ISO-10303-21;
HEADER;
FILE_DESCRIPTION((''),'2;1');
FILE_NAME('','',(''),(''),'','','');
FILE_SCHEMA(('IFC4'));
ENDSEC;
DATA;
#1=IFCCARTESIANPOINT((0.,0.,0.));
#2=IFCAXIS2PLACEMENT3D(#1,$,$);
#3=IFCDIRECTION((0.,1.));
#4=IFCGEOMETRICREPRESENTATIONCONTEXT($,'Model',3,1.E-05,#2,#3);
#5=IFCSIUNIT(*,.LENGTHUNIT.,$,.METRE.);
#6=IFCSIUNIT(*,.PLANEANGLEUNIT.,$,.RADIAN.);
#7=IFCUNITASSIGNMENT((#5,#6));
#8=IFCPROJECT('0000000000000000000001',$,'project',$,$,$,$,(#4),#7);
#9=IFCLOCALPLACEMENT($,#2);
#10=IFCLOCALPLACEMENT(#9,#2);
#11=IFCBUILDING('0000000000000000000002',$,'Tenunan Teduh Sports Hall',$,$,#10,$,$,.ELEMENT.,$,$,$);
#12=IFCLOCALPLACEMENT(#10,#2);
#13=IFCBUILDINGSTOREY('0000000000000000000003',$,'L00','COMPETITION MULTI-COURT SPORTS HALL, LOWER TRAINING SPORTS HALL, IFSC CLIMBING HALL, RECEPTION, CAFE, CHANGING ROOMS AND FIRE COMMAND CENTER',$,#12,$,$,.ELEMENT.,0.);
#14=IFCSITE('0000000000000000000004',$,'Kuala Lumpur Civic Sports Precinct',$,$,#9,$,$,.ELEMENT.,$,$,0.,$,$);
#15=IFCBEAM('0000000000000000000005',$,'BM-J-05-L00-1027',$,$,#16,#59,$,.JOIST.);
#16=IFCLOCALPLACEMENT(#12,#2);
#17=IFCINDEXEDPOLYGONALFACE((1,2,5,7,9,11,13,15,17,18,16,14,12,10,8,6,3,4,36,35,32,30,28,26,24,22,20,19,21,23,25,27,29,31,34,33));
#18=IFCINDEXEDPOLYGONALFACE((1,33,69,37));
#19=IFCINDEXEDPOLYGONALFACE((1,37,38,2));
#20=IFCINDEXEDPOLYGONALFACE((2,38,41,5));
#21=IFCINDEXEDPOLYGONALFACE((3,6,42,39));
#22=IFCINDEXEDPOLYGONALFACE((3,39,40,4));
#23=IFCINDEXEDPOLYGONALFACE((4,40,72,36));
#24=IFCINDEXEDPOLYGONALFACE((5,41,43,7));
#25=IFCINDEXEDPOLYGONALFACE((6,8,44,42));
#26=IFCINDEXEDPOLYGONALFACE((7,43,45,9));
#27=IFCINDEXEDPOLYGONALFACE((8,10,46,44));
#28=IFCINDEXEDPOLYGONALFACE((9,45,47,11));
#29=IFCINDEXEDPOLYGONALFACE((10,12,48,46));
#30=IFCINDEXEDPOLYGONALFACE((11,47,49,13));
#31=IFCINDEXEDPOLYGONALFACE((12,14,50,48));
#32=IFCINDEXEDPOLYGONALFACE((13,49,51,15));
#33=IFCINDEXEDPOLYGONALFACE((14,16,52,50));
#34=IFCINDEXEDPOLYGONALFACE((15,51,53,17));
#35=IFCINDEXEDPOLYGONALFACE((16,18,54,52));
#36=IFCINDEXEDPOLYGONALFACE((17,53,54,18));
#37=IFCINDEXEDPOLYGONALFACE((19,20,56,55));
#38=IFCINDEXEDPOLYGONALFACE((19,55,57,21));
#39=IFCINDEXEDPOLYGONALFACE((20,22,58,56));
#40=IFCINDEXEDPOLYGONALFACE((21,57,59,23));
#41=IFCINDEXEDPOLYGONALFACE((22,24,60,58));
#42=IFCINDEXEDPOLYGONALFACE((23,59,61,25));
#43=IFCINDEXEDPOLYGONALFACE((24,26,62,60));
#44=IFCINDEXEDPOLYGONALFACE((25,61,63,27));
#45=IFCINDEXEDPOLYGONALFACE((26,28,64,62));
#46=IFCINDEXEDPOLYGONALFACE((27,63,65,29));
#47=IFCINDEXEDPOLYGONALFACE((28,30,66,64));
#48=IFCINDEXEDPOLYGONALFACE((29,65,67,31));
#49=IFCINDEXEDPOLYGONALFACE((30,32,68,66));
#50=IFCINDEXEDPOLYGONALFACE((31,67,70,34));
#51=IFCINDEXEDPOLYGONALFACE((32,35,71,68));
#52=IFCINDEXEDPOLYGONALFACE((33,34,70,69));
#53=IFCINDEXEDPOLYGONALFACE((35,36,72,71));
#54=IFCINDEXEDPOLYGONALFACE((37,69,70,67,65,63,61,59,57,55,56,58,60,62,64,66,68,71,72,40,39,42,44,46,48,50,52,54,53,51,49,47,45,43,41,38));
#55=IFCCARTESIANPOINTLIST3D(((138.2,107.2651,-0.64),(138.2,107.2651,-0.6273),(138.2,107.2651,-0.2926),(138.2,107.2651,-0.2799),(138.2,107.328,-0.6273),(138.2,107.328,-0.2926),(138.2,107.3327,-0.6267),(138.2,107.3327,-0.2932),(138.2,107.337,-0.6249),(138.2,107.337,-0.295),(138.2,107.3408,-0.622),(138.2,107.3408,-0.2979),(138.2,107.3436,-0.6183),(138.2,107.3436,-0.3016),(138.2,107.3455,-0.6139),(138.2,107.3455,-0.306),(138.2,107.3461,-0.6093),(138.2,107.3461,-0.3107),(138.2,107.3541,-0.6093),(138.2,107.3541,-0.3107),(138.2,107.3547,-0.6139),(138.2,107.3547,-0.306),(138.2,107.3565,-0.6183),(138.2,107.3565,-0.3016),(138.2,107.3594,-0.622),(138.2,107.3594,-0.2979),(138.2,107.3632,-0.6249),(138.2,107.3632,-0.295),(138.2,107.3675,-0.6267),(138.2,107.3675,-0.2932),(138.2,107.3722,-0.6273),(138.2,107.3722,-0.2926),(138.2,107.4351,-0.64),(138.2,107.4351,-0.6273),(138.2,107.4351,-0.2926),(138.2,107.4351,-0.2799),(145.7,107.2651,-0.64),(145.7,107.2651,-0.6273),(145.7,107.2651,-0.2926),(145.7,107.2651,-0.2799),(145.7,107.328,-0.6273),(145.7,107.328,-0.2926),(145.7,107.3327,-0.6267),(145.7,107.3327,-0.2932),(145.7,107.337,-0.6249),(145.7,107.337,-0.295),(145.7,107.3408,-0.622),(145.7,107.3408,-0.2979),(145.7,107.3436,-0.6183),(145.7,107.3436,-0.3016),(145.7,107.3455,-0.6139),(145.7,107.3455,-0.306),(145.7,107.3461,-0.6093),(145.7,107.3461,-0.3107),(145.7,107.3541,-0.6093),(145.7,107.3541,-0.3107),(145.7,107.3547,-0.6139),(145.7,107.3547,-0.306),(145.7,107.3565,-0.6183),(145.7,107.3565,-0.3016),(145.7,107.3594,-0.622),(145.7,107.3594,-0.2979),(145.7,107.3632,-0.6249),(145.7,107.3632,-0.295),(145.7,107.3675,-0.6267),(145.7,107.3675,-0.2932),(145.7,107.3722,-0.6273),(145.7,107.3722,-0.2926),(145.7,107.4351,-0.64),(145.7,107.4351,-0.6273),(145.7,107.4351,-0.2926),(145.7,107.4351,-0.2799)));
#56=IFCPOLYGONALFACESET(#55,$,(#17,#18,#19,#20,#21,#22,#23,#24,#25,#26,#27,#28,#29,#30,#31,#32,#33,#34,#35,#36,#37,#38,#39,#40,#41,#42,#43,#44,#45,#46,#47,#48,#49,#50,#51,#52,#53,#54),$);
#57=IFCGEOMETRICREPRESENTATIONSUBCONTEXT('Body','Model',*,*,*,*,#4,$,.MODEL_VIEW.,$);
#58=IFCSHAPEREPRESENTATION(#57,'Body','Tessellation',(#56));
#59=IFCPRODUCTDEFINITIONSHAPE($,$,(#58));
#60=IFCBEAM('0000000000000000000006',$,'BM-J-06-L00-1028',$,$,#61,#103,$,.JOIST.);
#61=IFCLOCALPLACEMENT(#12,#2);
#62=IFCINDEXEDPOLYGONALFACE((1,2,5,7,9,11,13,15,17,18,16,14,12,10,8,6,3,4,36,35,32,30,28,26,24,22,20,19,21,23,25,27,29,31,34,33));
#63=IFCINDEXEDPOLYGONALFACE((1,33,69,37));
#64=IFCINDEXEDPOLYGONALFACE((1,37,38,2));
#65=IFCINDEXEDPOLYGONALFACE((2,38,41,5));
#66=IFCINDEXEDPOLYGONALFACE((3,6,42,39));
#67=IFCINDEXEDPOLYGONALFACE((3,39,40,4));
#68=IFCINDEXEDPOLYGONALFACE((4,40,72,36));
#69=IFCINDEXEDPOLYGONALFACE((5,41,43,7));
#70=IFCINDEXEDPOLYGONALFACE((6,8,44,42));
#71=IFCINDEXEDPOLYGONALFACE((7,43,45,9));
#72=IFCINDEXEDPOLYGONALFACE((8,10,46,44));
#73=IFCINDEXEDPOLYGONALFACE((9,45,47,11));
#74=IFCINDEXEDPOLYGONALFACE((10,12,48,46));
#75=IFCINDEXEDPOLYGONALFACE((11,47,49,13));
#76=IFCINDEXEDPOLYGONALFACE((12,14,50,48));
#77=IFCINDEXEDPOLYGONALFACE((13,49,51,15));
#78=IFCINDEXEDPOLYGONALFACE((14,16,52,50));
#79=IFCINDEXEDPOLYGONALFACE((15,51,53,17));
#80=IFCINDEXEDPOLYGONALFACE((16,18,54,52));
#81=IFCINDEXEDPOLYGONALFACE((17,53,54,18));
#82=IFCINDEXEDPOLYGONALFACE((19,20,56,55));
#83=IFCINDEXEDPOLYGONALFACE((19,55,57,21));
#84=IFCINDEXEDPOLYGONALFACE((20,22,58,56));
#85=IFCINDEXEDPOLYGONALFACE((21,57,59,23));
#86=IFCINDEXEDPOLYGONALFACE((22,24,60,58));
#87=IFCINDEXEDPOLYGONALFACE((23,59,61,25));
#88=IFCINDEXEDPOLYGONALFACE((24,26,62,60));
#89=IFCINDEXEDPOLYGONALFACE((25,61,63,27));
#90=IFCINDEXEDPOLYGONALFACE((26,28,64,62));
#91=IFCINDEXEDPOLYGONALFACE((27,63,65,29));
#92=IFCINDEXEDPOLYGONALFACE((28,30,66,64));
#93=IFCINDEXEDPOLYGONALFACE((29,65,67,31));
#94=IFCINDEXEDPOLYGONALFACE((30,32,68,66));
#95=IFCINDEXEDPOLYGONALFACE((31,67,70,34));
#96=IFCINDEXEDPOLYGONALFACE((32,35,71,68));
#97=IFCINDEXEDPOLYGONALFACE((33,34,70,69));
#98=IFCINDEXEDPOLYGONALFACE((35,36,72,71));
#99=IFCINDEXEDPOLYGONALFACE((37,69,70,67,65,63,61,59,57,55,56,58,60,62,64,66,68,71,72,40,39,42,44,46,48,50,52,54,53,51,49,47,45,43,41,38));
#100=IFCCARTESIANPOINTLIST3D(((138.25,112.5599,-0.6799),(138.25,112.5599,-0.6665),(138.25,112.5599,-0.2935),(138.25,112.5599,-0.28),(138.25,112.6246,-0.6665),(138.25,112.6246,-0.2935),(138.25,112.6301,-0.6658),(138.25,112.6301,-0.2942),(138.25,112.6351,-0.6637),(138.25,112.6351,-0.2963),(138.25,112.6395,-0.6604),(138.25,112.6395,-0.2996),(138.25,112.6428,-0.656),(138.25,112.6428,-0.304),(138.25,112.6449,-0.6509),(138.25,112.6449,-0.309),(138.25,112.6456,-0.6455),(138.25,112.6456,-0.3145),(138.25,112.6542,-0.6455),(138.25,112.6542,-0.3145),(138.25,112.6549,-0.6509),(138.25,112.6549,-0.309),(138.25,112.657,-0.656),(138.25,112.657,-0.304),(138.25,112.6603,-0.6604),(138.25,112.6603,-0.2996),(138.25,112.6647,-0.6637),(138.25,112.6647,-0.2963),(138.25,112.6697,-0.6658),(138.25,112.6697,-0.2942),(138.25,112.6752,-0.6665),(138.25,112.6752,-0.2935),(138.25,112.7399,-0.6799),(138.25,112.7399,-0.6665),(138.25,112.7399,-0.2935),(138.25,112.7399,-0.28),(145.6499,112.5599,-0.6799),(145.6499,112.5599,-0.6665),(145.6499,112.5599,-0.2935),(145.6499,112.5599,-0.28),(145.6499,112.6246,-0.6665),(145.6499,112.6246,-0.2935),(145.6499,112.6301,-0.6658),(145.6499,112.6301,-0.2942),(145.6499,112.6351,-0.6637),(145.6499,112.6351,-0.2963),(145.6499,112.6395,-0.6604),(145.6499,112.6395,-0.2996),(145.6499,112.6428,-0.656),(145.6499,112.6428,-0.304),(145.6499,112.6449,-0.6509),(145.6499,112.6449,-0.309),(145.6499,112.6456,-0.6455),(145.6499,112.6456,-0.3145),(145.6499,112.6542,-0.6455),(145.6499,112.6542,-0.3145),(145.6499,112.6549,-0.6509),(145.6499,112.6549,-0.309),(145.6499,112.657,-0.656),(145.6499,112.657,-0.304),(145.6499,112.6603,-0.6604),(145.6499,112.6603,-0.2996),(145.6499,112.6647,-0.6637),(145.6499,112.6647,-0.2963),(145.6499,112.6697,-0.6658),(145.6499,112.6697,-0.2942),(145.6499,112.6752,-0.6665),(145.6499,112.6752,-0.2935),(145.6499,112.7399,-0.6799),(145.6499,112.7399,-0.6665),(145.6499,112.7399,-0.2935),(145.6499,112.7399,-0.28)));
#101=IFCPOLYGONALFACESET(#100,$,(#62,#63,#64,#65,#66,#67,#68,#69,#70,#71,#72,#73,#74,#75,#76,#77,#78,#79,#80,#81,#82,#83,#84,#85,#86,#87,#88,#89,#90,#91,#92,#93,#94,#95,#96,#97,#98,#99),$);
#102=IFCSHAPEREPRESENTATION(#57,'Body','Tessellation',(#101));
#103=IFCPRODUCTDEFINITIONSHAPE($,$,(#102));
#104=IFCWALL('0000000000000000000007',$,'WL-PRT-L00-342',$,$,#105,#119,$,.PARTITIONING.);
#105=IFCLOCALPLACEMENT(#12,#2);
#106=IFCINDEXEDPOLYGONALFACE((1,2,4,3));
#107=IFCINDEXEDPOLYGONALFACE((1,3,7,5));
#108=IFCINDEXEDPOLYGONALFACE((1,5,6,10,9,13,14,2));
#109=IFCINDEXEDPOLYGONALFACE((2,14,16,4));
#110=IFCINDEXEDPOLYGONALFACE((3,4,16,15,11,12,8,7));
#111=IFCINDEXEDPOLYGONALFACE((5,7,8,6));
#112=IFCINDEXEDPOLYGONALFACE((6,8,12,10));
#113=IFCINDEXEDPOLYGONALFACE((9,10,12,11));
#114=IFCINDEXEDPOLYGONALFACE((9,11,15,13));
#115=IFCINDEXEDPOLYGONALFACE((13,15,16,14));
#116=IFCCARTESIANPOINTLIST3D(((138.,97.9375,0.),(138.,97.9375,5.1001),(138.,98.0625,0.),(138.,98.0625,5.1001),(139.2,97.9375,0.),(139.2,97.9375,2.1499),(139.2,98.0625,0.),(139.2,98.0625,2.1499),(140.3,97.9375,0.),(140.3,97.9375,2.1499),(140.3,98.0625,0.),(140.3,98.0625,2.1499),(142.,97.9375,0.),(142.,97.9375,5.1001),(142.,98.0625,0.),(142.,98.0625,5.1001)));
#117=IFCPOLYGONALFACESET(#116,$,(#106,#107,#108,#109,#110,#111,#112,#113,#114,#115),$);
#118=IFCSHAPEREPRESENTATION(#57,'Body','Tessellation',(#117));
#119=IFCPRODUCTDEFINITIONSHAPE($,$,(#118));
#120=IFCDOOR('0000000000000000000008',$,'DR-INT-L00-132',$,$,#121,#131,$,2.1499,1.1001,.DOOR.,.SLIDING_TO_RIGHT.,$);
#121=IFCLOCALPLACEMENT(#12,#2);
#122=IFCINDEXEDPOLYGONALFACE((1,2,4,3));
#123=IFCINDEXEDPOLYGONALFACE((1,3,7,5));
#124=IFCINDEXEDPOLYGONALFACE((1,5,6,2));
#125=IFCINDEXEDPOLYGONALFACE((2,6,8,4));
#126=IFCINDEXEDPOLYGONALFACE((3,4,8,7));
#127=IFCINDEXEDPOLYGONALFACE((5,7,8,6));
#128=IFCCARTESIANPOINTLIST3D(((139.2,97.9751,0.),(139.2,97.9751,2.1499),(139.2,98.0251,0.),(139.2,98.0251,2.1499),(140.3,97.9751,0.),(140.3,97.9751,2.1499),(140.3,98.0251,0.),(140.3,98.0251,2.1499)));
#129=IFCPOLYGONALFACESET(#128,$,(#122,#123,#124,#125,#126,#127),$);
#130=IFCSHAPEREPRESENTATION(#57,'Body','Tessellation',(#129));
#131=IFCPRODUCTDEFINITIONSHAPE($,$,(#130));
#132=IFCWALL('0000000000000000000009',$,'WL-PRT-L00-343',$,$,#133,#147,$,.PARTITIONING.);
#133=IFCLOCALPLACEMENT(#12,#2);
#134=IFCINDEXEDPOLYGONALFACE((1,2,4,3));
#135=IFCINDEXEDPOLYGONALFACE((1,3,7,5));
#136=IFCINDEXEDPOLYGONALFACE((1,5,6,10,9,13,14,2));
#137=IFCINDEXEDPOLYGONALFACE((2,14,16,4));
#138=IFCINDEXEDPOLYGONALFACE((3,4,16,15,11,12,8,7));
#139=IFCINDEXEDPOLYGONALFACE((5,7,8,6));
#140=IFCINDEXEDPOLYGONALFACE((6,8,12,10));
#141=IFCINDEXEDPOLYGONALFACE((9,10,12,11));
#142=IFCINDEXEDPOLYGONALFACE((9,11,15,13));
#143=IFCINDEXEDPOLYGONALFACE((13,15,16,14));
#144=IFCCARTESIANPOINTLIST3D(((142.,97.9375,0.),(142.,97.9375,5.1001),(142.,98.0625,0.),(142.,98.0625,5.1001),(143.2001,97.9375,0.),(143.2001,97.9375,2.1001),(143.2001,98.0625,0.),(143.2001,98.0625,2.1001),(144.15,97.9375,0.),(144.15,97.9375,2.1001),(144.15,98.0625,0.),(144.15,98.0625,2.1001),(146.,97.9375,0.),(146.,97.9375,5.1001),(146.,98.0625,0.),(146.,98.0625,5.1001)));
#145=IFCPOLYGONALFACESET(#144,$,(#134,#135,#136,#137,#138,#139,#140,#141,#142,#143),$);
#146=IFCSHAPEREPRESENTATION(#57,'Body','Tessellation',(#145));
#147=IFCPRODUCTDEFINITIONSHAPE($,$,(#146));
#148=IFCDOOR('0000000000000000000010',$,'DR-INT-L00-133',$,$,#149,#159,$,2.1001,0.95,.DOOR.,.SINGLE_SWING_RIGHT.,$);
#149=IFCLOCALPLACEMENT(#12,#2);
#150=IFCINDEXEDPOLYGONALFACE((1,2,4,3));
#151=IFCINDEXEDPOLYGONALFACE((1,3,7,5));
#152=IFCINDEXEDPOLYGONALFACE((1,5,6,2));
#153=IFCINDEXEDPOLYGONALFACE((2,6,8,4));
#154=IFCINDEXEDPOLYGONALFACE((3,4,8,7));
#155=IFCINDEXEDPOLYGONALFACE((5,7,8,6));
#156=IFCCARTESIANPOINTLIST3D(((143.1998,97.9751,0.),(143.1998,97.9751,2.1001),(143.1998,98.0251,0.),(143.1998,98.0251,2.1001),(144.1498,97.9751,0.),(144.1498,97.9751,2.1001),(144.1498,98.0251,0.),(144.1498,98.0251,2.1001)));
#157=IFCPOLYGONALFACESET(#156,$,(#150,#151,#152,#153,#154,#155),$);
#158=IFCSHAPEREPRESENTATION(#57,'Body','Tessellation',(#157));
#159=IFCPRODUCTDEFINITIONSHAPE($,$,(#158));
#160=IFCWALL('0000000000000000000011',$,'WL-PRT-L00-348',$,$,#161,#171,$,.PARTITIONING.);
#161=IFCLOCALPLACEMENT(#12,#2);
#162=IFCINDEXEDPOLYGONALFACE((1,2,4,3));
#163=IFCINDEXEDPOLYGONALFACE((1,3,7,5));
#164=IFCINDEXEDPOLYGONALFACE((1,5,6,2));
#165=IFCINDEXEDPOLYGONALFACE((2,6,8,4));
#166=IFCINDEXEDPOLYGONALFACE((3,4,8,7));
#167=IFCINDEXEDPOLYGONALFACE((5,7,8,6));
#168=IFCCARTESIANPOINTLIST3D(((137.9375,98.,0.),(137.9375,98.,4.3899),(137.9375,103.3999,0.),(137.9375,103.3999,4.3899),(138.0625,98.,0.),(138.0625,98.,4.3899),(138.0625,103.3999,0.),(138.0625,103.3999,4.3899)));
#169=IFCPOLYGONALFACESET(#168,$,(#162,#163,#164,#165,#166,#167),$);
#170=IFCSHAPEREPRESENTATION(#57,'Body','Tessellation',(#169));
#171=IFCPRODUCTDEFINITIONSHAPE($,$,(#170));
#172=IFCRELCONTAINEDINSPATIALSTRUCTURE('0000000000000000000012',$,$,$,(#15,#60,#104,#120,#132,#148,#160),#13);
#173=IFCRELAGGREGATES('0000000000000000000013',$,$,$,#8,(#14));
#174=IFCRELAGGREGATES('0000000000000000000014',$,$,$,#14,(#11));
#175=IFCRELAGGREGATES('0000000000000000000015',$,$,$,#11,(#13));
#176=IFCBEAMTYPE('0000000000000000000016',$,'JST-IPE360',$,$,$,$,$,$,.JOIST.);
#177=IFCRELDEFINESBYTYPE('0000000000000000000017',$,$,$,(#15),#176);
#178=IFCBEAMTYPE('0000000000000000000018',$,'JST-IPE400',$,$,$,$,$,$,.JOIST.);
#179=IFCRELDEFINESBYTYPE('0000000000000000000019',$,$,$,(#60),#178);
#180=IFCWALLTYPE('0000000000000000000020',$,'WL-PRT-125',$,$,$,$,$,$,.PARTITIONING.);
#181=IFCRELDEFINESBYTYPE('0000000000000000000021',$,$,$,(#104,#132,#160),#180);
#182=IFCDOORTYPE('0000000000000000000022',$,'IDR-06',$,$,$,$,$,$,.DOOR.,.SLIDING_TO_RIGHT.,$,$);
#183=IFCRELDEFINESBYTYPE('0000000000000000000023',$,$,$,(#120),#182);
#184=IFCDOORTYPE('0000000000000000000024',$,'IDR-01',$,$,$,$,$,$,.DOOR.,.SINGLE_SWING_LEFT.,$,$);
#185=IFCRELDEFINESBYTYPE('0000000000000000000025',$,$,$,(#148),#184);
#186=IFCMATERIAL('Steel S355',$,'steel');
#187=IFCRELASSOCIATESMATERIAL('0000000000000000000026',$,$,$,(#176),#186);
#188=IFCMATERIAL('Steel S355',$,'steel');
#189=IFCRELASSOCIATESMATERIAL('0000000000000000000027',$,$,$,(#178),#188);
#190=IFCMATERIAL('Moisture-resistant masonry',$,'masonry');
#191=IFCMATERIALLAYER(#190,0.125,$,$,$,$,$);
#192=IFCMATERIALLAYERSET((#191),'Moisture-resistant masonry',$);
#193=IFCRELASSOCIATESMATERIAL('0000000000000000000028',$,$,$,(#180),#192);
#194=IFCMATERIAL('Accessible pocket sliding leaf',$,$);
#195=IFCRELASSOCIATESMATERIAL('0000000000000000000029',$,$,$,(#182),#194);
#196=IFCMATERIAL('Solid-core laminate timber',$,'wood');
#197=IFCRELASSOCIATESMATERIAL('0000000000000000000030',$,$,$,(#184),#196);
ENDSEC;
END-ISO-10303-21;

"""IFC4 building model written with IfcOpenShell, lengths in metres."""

from ifc_helpers import new_model, si_unit, direction, frame, frame_2d, origin, origin_2d, place, context, subcontext, project, spatial, rectangle, i_section, extrude, material, layer, layer_set, material_profile, profile_set, type_object, element, fill, save


model = new_model("IFC4")

# Units and contexts
model_context = context("Model", 3, precision=1e-05, world=origin(), true_north=direction((0.0, 1.0)))
body_context = subcontext(model_context, "Body", "Model", "MODEL_VIEW")
ifc_project = project(units=[si_unit("LENGTHUNIT", "METRE"), si_unit("PLANEANGLEUNIT", "RADIAN")], contexts=[model_context])

# Site, building, storey
site_placement = place(None, origin())
site = spatial("IfcSite", under=ifc_project, at=site_placement, Name="Kuala Lumpur Civic Sports Precinct", CompositionType="ELEMENT", RefElevation=0.0)
building_placement = place(site_placement, origin())
building = spatial("IfcBuilding", under=site, at=building_placement, Name="Tenunan Teduh Sports Hall", CompositionType="ELEMENT")
storey_placement = place(building_placement, origin())
storey = spatial("IfcBuildingStorey", under=building, at=storey_placement, Name="L00", Description="COMPETITION MULTI-COURT SPORTS HALL, LOWER TRAINING SPORTS HALL, IFSC CLIMBING HALL, RECEPTION, CAFE, CHANGING ROOMS AND FIRE COMMAND CENTER", CompositionType="ELEMENT", Elevation=0.0)

# Beams
ifc_material_1 = material(Name="Steel S355", Category="steel")
ifc_material_profile_1 = material_profile(ifc_material_1, i_section(OverallWidth=0.1699, OverallDepth=0.3601, WebThickness=0.0081, FlangeThickness=0.0127, FilletRadius=0.0181, at=origin_2d()), Name="IPE 360")
ifc_profile_set_1 = profile_set([ifc_material_profile_1], Name="Steel S355")
beam_type_1 = type_object("IfcBeamType", Name="JST-IPE360", PredefinedType="JOIST", material=ifc_profile_set_1)
beam_1_placement = place(storey_placement, frame((138.2, 107.3501, -0.46), z_axis=(1.0, 0.0, 0.0), x_axis=(0.0, 1.0, 0.0)))
element("IfcBeam", 1, at=beam_1_placement, inside=storey, type_object=beam_type_1, Name="BM-J-05-L00-1027", PredefinedType="JOIST", context=body_context, shape_type="SweptSolid", body=[
    extrude(i_section(OverallWidth=0.1699, OverallDepth=0.3601, WebThickness=0.0081, FlangeThickness=0.0127, FilletRadius=0.0181, at=origin_2d()), origin(), (0.0, 0.0, 1.0), 7.5),
])
ifc_material_2 = material(Name="Steel S355", Category="steel")
ifc_material_profile_2 = material_profile(ifc_material_2, i_section(OverallWidth=0.1799, OverallDepth=0.3999, WebThickness=0.0085, FlangeThickness=0.0134, FilletRadius=0.021, at=origin_2d()), Name="IPE 400")
ifc_profile_set_2 = profile_set([ifc_material_profile_2], Name="Steel S355")
beam_type_2 = type_object("IfcBeamType", Name="JST-IPE400", PredefinedType="JOIST", material=ifc_profile_set_2)
beam_2_placement = place(storey_placement, frame((138.25, 112.6499, -0.48), z_axis=(1.0, 0.0, 0.0), x_axis=(0.0, 1.0, 0.0)))
element("IfcBeam", 2, at=beam_2_placement, inside=storey, type_object=beam_type_2, Name="BM-J-06-L00-1028", PredefinedType="JOIST", context=body_context, shape_type="SweptSolid", body=[
    extrude(i_section(OverallWidth=0.1799, OverallDepth=0.3999, WebThickness=0.0085, FlangeThickness=0.0134, FilletRadius=0.021, at=origin_2d()), origin(), (0.0, 0.0, 1.0), 7.3999),
])

# Walls, openings, doors
ifc_material_3 = material(Name="Moisture-resistant masonry", Category="masonry")
ifc_layer_1 = layer(ifc_material_3, 0.125)
ifc_layer_set_1 = layer_set([ifc_layer_1], Name="Moisture-resistant masonry")
wall_type_1 = type_object("IfcWallType", Name="WL-PRT-125", PredefinedType="PARTITIONING", material=ifc_layer_set_1)
wall_1_placement = place(storey_placement, frame((138.0, 98.0, 0.0), z_axis=(0.0, 0.0, 1.0), x_axis=(1.0, 0.0, 0.0)))
wall_1 = element("IfcWall", 3, at=wall_1_placement, inside=storey, type_object=wall_type_1, Name="WL-PRT-L00-342", PredefinedType="PARTITIONING", context=body_context, shape_type="SweptSolid", body=[
    extrude(rectangle(XDim=4.0, YDim=0.125, at=frame_2d((2.0, 0.0))), origin(), (0.0, 0.0, 1.0), 5.1001),
])
opening_1_placement = place(wall_1_placement, frame((1.2, 0.0, 0.0)))
opening_1 = element("IfcOpeningElement", 4, at=opening_1_placement, cuts=wall_1, PredefinedType="OPENING", context=body_context, shape_type="SweptSolid", body=[
    extrude(rectangle(XDim=1.1001, YDim=2.1499, at=frame_2d((0.55, 1.075))), frame((0.0, 0.0725, 0.0), z_axis=(0.0, -1.0, 0.0), x_axis=(1.0, 0.0, 0.0)), (0.0, 0.0, 1.0), 0.145),
])
ifc_material_4 = material(Name="Accessible pocket sliding leaf")
door_type_1 = type_object("IfcDoorType", Name="IDR-06", OperationType="SLIDING_TO_RIGHT", PredefinedType="DOOR", material=ifc_material_4)
door_1_placement = place(opening_1_placement, frame((1.1001, 0.0, 0.0), z_axis=(0.0, 0.0, 1.0), x_axis=(-1.0, 0.0, 0.0)))
door_1 = element("IfcDoor", 5, at=door_1_placement, inside=storey, type_object=door_type_1, Name="DR-INT-L00-132", OperationType="SLIDING_TO_RIGHT", OverallHeight=2.1499, OverallWidth=1.1001, PredefinedType="DOOR", context=body_context, shape_type="SweptSolid", body=[
    extrude(rectangle(XDim=1.1001, YDim=2.1499, at=frame_2d((0.55, 1.075))), frame((0.0, 0.0249, 0.0), z_axis=(0.0, -1.0, 0.0), x_axis=(1.0, 0.0, 0.0)), (0.0, 0.0, 1.0), 0.05),
])
fill(opening_1, door_1)
wall_2_placement = place(storey_placement, frame((142.0, 98.0, 0.0), z_axis=(0.0, 0.0, 1.0), x_axis=(1.0, 0.0, 0.0)))
wall_2 = element("IfcWall", 6, at=wall_2_placement, inside=storey, type_object=wall_type_1, Name="WL-PRT-L00-343", PredefinedType="PARTITIONING", context=body_context, shape_type="SweptSolid", body=[
    extrude(rectangle(XDim=4.0, YDim=0.125, at=frame_2d((2.0, 0.0))), origin(), (0.0, 0.0, 1.0), 5.1001),
])
opening_2_placement = place(wall_2_placement, frame((1.2, 0.0, 0.0)))
opening_2 = element("IfcOpeningElement", 7, at=opening_2_placement, cuts=wall_2, PredefinedType="OPENING", context=body_context, shape_type="SweptSolid", body=[
    extrude(rectangle(XDim=0.95, YDim=2.1001, at=frame_2d((0.4751, 1.05))), frame((0.0, 0.0725, 0.0), z_axis=(0.0, -1.0, 0.0), x_axis=(1.0, 0.0, 0.0)), (0.0, 0.0, 1.0), 0.145),
])
ifc_material_5 = material(Name="Solid-core laminate timber", Category="wood")
door_type_2 = type_object("IfcDoorType", Name="IDR-01", OperationType="SINGLE_SWING_LEFT", PredefinedType="DOOR", material=ifc_material_5)
door_2_placement = place(opening_2_placement, frame((0.95, 0.0, 0.0), z_axis=(0.0, 0.0, 1.0), x_axis=(-1.0, 0.0, 0.0)))
door_2 = element("IfcDoor", 8, at=door_2_placement, inside=storey, type_object=door_type_2, Name="DR-INT-L00-133", OperationType="SINGLE_SWING_RIGHT", OverallHeight=2.1001, OverallWidth=0.95, PredefinedType="DOOR", context=body_context, shape_type="SweptSolid", body=[
    extrude(rectangle(XDim=0.95, YDim=2.1001, at=frame_2d((0.4751, 1.05))), frame((0.0, 0.0249, 0.0), z_axis=(0.0, -1.0, 0.0), x_axis=(1.0, 0.0, 0.0)), (0.0, 0.0, 1.0), 0.05),
])
fill(opening_2, door_2)

# Wall
wall_3_placement = place(storey_placement, frame((138.0, 98.0, 0.0), z_axis=(0.0, 0.0, 1.0), x_axis=(0.0, 1.0, 0.0)))
element("IfcWall", 9, at=wall_3_placement, inside=storey, type_object=wall_type_1, Name="WL-PRT-L00-348", PredefinedType="PARTITIONING", context=body_context, shape_type="SweptSolid", body=[
    extrude(rectangle(XDim=5.3999, YDim=0.125, at=frame_2d((2.7, 0.0))), origin(), (0.0, 0.0, 1.0), 4.3899),
])

save(model, "model.ifc")
